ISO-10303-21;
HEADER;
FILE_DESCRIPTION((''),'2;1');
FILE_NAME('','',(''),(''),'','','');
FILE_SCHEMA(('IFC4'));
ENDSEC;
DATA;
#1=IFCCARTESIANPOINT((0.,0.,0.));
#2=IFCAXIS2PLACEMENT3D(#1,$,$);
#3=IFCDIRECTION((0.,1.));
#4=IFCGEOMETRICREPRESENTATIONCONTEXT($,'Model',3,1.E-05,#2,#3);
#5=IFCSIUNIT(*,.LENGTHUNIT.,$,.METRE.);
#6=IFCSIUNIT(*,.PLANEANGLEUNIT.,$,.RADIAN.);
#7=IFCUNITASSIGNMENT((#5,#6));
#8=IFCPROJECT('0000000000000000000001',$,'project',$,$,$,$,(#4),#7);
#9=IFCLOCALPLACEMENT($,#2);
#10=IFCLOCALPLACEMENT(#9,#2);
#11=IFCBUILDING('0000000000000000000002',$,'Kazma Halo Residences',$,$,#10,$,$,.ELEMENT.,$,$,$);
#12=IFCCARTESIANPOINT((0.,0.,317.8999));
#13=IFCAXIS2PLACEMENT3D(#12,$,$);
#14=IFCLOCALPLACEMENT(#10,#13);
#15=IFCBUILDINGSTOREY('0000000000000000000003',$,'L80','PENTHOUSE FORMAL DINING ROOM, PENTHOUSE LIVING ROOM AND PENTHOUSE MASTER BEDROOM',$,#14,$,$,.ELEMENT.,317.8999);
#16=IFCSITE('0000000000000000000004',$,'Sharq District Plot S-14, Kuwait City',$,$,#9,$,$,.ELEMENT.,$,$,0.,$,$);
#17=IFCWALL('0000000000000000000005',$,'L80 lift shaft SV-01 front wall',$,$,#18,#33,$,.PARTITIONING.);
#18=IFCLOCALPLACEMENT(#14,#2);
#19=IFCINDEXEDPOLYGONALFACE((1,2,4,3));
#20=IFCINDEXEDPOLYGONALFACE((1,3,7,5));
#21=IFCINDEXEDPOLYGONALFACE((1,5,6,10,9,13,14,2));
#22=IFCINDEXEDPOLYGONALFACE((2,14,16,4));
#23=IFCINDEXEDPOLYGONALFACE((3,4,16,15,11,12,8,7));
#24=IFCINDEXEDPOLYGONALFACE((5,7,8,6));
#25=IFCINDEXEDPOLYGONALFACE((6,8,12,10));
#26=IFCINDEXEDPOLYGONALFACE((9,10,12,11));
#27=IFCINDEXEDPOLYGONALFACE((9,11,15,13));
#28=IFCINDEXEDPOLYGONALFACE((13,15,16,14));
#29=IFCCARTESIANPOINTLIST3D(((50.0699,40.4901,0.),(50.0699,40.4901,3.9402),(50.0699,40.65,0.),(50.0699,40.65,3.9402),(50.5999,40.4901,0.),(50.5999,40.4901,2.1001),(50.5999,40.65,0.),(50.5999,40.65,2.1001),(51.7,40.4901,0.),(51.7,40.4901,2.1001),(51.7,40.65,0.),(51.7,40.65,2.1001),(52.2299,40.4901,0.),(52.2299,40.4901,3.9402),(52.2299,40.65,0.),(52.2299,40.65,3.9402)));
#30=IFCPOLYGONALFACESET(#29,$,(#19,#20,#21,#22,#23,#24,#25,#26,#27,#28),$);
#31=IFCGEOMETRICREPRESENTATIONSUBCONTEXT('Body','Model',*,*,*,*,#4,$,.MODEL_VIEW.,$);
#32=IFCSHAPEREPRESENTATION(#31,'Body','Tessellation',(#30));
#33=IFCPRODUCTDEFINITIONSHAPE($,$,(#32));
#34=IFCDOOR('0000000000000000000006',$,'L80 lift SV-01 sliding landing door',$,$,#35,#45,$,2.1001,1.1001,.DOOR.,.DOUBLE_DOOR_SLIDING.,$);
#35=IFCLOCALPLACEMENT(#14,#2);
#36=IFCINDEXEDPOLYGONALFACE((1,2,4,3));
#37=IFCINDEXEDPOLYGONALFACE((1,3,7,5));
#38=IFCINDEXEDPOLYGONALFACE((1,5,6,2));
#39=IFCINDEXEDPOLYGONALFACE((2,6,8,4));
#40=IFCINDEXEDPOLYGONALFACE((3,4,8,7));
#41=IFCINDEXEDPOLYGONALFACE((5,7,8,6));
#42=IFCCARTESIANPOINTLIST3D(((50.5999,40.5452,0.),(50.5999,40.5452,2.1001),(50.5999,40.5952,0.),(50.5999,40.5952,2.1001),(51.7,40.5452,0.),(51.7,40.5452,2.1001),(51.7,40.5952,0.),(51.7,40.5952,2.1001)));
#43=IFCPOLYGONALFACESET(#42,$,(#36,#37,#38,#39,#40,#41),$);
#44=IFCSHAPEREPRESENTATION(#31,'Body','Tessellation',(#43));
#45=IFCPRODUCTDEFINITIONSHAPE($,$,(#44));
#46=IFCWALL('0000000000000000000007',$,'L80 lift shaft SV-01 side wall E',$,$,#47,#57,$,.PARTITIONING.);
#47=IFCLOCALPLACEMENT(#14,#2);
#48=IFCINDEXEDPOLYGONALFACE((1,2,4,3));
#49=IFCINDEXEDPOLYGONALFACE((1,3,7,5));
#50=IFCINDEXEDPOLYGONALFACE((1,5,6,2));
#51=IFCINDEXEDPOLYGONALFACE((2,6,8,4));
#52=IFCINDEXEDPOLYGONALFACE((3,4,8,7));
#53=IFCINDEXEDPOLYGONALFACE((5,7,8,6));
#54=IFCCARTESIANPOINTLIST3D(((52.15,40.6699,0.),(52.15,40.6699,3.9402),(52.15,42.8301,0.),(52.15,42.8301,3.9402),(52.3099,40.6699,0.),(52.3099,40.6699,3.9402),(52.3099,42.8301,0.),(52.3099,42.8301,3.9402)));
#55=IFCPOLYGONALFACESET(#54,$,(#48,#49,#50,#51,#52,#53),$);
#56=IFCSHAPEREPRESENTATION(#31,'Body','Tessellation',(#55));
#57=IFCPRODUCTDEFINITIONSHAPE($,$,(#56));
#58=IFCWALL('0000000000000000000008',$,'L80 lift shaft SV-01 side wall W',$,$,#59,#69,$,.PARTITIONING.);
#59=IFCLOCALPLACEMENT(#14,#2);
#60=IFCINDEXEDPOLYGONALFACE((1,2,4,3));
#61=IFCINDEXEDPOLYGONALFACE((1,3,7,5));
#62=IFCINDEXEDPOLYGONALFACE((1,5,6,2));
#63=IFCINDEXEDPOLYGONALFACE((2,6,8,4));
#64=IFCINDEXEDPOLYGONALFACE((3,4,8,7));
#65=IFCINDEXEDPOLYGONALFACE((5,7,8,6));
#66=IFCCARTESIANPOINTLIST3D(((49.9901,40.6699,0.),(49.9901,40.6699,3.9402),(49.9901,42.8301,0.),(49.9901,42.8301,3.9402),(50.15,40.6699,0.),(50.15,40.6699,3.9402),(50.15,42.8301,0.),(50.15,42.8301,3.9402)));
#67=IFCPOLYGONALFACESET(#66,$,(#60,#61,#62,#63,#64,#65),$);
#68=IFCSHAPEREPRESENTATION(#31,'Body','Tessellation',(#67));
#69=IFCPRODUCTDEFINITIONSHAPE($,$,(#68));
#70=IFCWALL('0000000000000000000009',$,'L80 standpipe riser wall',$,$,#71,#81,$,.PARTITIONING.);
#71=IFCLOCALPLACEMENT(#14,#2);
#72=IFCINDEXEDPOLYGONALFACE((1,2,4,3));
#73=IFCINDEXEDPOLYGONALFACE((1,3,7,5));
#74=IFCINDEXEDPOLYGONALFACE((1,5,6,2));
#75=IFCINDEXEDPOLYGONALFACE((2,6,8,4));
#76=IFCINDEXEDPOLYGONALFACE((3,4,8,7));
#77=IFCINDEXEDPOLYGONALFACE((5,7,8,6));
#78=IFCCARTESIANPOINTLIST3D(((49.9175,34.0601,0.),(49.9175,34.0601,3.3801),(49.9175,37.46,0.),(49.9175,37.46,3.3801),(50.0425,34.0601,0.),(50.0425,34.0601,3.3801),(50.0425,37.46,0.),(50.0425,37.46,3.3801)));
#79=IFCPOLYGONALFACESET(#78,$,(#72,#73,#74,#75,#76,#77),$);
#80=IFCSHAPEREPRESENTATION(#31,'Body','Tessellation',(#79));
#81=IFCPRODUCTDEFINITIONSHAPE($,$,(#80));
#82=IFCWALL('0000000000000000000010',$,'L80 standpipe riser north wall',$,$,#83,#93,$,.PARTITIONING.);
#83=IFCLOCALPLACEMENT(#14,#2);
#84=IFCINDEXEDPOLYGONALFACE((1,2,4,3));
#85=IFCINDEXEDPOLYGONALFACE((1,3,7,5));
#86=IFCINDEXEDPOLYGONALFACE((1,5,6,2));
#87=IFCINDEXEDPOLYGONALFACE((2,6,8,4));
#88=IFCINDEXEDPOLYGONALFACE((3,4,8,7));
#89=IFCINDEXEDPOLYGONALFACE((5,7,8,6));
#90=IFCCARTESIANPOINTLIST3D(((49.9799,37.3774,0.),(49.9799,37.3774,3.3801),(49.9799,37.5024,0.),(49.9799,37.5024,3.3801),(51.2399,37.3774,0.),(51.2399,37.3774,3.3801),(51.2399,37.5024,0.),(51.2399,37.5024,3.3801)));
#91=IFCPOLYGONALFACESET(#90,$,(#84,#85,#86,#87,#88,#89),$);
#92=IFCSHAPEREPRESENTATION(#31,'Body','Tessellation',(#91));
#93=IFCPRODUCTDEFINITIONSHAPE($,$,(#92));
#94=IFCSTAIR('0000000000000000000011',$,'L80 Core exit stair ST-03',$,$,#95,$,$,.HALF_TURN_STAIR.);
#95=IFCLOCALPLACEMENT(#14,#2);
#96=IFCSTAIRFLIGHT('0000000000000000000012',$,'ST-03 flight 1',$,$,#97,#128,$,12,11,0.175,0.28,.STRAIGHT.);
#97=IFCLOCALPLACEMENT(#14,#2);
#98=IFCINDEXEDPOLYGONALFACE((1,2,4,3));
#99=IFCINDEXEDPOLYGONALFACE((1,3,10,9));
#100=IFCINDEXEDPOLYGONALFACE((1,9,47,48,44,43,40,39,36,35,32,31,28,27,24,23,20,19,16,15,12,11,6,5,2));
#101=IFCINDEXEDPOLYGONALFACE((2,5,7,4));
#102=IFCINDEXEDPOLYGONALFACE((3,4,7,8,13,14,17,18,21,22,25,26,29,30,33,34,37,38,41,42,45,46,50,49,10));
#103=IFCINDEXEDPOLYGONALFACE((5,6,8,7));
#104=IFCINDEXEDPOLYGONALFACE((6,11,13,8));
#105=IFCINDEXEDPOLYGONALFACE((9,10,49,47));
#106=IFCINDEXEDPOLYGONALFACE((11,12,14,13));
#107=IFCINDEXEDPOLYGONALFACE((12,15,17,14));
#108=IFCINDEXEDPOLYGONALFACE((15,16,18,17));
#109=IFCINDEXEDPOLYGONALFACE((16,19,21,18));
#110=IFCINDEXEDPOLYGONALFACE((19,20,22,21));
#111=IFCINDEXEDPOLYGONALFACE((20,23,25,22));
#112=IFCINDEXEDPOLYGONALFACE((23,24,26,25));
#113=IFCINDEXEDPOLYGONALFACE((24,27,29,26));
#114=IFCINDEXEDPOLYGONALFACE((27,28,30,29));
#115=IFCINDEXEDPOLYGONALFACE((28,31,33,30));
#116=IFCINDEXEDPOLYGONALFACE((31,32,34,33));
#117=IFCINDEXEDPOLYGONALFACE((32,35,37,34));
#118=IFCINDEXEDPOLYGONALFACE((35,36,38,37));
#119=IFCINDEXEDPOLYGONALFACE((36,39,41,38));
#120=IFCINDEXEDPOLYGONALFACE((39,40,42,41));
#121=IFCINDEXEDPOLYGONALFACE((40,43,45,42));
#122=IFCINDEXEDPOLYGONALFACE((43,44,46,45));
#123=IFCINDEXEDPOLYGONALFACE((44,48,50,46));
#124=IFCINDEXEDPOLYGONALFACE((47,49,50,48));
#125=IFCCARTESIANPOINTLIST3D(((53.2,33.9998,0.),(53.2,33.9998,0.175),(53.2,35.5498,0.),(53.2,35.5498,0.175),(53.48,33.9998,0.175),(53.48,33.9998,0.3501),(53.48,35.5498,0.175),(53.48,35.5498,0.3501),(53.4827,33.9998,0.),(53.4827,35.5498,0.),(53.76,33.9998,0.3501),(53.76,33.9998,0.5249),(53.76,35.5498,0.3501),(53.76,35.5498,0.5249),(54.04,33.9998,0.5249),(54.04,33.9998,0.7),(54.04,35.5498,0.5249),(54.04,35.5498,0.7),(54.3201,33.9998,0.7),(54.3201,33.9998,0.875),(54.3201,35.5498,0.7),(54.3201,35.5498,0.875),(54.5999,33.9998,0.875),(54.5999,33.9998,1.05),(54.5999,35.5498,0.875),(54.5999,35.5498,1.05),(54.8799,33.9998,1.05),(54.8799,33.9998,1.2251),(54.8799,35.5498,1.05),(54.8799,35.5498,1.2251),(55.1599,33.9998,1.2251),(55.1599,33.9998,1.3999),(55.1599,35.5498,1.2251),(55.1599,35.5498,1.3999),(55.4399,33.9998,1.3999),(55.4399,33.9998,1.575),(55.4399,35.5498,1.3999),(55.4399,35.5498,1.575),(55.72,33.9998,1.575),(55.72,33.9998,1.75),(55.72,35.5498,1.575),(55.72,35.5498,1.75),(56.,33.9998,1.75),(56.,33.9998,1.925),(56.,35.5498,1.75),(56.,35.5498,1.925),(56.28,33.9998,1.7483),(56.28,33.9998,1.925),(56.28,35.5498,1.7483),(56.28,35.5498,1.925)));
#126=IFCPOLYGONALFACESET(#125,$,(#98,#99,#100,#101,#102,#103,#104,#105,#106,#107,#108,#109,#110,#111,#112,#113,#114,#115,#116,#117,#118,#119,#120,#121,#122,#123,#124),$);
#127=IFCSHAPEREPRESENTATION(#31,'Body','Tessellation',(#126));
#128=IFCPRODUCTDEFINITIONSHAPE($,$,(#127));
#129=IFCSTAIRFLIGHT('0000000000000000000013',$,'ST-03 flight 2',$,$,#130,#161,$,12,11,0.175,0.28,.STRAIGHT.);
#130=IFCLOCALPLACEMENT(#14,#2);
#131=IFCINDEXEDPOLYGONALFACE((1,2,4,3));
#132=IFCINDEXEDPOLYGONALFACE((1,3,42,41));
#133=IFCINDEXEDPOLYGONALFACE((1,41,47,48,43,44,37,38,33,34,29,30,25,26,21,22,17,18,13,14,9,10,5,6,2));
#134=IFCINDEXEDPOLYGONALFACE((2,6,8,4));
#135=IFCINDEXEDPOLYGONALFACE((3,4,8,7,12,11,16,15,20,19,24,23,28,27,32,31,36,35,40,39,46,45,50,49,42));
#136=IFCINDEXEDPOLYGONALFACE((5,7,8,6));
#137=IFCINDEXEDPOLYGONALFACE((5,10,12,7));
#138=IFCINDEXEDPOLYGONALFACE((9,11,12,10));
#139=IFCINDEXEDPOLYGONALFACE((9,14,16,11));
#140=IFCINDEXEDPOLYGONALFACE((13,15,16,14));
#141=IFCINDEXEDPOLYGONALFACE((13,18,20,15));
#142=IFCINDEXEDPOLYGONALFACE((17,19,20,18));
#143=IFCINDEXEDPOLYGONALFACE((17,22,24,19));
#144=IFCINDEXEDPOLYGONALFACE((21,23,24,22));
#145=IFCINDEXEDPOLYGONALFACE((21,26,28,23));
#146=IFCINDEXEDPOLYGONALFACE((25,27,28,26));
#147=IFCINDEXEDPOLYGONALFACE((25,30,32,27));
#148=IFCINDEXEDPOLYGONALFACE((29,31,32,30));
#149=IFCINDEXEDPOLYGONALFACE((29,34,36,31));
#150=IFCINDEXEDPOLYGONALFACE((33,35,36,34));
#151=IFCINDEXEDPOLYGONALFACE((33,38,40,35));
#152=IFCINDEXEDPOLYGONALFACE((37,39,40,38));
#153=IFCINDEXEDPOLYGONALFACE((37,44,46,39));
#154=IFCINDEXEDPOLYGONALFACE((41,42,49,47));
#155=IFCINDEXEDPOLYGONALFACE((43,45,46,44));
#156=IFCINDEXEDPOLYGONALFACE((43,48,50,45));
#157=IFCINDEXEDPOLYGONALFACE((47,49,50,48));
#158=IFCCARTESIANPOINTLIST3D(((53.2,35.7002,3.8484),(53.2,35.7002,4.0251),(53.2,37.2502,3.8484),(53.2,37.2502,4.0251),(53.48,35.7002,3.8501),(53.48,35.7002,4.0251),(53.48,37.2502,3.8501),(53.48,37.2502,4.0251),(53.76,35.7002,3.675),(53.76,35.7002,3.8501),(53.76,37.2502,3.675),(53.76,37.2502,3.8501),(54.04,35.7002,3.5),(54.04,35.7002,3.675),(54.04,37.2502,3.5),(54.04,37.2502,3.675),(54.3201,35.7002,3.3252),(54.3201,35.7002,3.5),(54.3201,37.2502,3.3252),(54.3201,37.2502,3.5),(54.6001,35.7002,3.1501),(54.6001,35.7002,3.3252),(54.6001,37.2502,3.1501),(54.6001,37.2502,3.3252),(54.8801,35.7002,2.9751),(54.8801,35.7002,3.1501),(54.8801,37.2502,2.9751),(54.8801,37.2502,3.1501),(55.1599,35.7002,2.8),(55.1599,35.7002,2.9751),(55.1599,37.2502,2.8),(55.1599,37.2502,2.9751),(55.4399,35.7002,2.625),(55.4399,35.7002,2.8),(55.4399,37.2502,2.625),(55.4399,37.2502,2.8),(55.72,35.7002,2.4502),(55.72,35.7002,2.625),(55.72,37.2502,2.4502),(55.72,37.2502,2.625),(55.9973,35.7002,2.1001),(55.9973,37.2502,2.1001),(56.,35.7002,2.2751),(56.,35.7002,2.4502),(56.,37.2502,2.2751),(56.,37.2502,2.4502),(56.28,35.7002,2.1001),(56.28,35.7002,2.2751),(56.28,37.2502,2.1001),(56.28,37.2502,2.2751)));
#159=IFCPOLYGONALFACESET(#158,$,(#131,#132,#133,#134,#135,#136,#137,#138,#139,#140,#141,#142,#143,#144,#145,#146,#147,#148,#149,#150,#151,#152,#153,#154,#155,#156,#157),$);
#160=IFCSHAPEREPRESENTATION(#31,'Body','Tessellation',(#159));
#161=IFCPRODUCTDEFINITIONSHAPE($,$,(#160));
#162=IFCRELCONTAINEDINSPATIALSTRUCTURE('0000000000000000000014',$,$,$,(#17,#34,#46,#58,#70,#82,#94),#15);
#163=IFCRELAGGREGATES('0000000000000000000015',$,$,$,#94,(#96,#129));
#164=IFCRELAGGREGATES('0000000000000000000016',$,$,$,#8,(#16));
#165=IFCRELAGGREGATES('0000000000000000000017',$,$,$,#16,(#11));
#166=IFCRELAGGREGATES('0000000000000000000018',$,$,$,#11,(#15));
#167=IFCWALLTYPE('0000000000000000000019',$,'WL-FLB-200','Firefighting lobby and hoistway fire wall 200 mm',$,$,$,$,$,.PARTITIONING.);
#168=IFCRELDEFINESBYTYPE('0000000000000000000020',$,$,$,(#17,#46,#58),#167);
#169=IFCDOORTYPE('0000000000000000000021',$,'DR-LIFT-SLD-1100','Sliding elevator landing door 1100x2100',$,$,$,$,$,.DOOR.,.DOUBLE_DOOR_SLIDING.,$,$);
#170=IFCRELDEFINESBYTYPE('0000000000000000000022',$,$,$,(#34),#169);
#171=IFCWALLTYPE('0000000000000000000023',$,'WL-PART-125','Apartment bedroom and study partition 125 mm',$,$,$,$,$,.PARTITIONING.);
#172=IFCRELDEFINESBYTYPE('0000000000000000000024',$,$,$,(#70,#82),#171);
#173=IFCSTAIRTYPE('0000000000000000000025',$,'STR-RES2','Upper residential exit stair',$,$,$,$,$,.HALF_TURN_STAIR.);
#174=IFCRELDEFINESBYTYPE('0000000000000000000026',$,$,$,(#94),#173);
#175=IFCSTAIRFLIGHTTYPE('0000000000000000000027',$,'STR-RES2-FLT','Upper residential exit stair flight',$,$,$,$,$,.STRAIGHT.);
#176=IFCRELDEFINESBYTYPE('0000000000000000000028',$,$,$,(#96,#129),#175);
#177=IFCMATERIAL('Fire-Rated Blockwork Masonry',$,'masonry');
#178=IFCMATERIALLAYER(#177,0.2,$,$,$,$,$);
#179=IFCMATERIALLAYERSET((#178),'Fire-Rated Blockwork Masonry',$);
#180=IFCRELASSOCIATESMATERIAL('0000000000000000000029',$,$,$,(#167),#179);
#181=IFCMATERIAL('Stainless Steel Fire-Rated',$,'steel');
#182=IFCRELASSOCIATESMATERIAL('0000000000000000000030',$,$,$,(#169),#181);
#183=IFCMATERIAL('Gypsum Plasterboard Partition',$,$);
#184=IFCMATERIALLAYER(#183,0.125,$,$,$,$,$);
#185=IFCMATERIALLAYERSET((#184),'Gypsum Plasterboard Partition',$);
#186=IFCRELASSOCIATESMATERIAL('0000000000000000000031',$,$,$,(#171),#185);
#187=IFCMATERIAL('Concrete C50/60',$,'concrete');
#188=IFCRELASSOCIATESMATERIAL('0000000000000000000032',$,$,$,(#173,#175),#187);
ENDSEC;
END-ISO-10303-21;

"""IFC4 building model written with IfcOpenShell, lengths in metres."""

from ifc_helpers import new_model, si_unit, direction, frame, frame_2d, origin, place, context, subcontext, project, spatial, polyline, rectangle, outline, extrude, material, layer, layer_set, type_object, element, fill, aggregate, save


model = new_model("IFC4")

# Units and contexts
model_context = context("Model", 3, precision=1e-05, world=origin(), true_north=direction((0.0, 1.0)))
body_context = subcontext(model_context, "Body", "Model", "MODEL_VIEW")
ifc_project = project(units=[si_unit("LENGTHUNIT", "METRE"), si_unit("PLANEANGLEUNIT", "RADIAN")], contexts=[model_context])

# Site, building, storey
site_placement = place(None, origin())
site = spatial("IfcSite", under=ifc_project, at=site_placement, Name="Sharq District Plot S-14, Kuwait City", CompositionType="ELEMENT", RefElevation=0.0)
building_placement = place(site_placement, origin())
building = spatial("IfcBuilding", under=site, at=building_placement, Name="Kazma Halo Residences", CompositionType="ELEMENT")
storey_placement = place(building_placement, frame((0.0, 0.0, 317.8999)))
storey = spatial("IfcBuildingStorey", under=building, at=storey_placement, Name="L80", Description="PENTHOUSE FORMAL DINING ROOM, PENTHOUSE LIVING ROOM AND PENTHOUSE MASTER BEDROOM", CompositionType="ELEMENT", Elevation=317.8999)

# Shared definitions
ifc_material_1 = material(Name="Fire-Rated Blockwork Masonry", Category="masonry")
ifc_layer_1 = layer(ifc_material_1, 0.2)
ifc_layer_set_1 = layer_set([ifc_layer_1], Name="Fire-Rated Blockwork Masonry")
wall_type_1 = type_object("IfcWallType", Name="WL-FLB-200", Description="Firefighting lobby and hoistway fire wall 200 mm", PredefinedType="PARTITIONING", material=ifc_layer_set_1)
ifc_material_2 = material(Name="Stainless Steel Fire-Rated", Category="steel")
door_type_1 = type_object("IfcDoorType", Name="DR-LIFT-SLD-1100", Description="Sliding elevator landing door 1100x2100", OperationType="DOUBLE_DOOR_SLIDING", PredefinedType="DOOR", material=ifc_material_2)

# Wall, opening, door
wall_1_placement = place(storey_placement, frame((52.23, 40.5701, 0.0), z_axis=(0.0, 0.0, 1.0), x_axis=(-1.0, 0.0, 0.0)))
wall_1 = element("IfcWall", 1, at=wall_1_placement, inside=storey, type_object=wall_type_1, Name="L80 lift shaft SV-01 front wall", PredefinedType="PARTITIONING", context=body_context, shape_type="SweptSolid", body=[
    extrude(rectangle(XDim=2.1599, YDim=0.1599, at=frame_2d((1.0801, 0.0))), origin(), (0.0, 0.0, 1.0), 3.9402),
])
opening_1_placement = place(wall_1_placement, frame((0.53, 0.0, 0.0)))
opening_1 = element("IfcOpeningElement", 2, at=opening_1_placement, cuts=wall_1, PredefinedType="OPENING", context=body_context, shape_type="SweptSolid", body=[
    extrude(rectangle(XDim=1.1001, YDim=2.1001, at=frame_2d((0.55, 1.05))), frame((0.0, 0.0898, 0.0), z_axis=(0.0, -1.0, 0.0), x_axis=(1.0, 0.0, 0.0)), (0.0, 0.0, 1.0), 0.1799),
])
door_1_placement = place(opening_1_placement, origin())
door_1 = element("IfcDoor", 3, at=door_1_placement, inside=storey, type_object=door_type_1, Name="L80 lift SV-01 sliding landing door", OperationType="DOUBLE_DOOR_SLIDING", OverallHeight=2.1001, OverallWidth=1.1001, PredefinedType="DOOR", context=body_context, shape_type="SweptSolid", body=[
    extrude(rectangle(XDim=1.1001, YDim=2.1001, at=frame_2d((0.55, 1.05))), frame((0.0, 0.0249, 0.0), z_axis=(0.0, -1.0, 0.0), x_axis=(1.0, 0.0, 0.0)), (0.0, 0.0, 1.0), 0.05),
])
fill(opening_1, door_1)

# Walls
for number, where, z_axis, x_axis, name in (
    (4, (52.23, 40.6699, 0.0), (0.0, 0.0, 1.0), (0.0, 1.0, 0.0), "L80 lift shaft SV-01 side wall E"),
    (5, (50.0701, 40.6699, 0.0), (0.0, 0.0, 1.0), (0.0, 1.0, 0.0), "L80 lift shaft SV-01 side wall W"),
):
    element("IfcWall", number, at=place(storey_placement, frame(where, z_axis=z_axis, x_axis=x_axis)), inside=storey, type_object=wall_type_1, Name=name, PredefinedType="PARTITIONING", context=body_context, shape_type="SweptSolid", body=[
        extrude(rectangle(XDim=2.1602, YDim=0.1599, at=frame_2d((1.0801, 0.0))), origin(), (0.0, 0.0, 1.0), 3.9402),
    ])
ifc_material_3 = material(Name="Gypsum Plasterboard Partition")
ifc_layer_2 = layer(ifc_material_3, 0.125)
ifc_layer_set_2 = layer_set([ifc_layer_2], Name="Gypsum Plasterboard Partition")
wall_type_2 = type_object("IfcWallType", Name="WL-PART-125", Description="Apartment bedroom and study partition 125 mm", PredefinedType="PARTITIONING", material=ifc_layer_set_2)
wall_2_placement = place(storey_placement, frame((49.98, 34.0601, 0.0), z_axis=(0.0, 0.0, 1.0), x_axis=(0.0, 1.0, 0.0)))
element("IfcWall", 6, at=wall_2_placement, inside=storey, type_object=wall_type_2, Name="L80 standpipe riser wall", PredefinedType="PARTITIONING", context=body_context, shape_type="SweptSolid", body=[
    extrude(rectangle(XDim=3.3999, YDim=0.125, at=frame_2d((1.7, 0.0))), origin(), (0.0, 0.0, 1.0), 3.3801),
])
wall_3_placement = place(storey_placement, frame((49.98, 37.4399, 0.0), z_axis=(0.0, 0.0, 1.0), x_axis=(1.0, 0.0, 0.0)))
element("IfcWall", 7, at=wall_3_placement, inside=storey, type_object=wall_type_2, Name="L80 standpipe riser north wall", PredefinedType="PARTITIONING", context=body_context, shape_type="SweptSolid", body=[
    extrude(rectangle(XDim=1.26, YDim=0.125, at=frame_2d((0.6299, 0.0))), origin(), (0.0, 0.0, 1.0), 3.3801),
])

# Shared definitions
ifc_material_4 = material(Name="Concrete C50/60", Category="concrete")

# Stair, stair flights
stair_type = type_object("IfcStairType", Name="STR-RES2", Description="Upper residential exit stair", PredefinedType="HALF_TURN_STAIR", material=ifc_material_4)
stair_placement = place(storey_placement, origin())
stair = element("IfcStair", 8, at=stair_placement, inside=storey, type_object=stair_type, Name="L80 Core exit stair ST-03", PredefinedType="HALF_TURN_STAIR")
stair_flight_type = type_object("IfcStairFlightType", Name="STR-RES2-FLT", Description="Upper residential exit stair flight", PredefinedType="STRAIGHT", material=ifc_material_4)
stair_flight_1_placement = place(storey_placement, frame((53.2, 34.7749, 0.0), z_axis=(0.0, 0.0, 1.0), x_axis=(1.0, 0.0, 0.0)))
stair_flight_1 = element("IfcStairFlight", 9, at=stair_flight_1_placement, type_object=stair_flight_type, Name="ST-03 flight 1", NumberOfRisers=12, NumberOfTreads=11, PredefinedType="STRAIGHT", RiserHeight=0.175, TreadLength=0.28, context=body_context, shape_type="SweptSolid", body=[
    extrude(outline(polyline([(0.0, 0.0), (0.0, 0.175), (0.28, 0.175), (0.28, 0.3501), (0.5601, 0.3501), (0.5601, 0.5249), (0.8401, 0.5249), (0.8401, 0.7), (1.1201, 0.7), (1.1201, 0.875), (1.3999, 0.875), (1.3999, 1.05), (1.6799, 1.05), (1.6799, 1.2251), (1.96, 1.2251), (1.96, 1.3999), (2.24, 1.3999), (2.24, 1.575), (2.52, 1.575), (2.52, 1.75), (2.8, 1.75), (2.8, 1.925), (3.0801, 1.925), (3.0801, 2.1001), (3.0801, 1.7483), (0.2827, 0.0), (0.0, 0.0)])), frame((0.0, 0.7749, 0.0), z_axis=(0.0, -1.0, 0.0), x_axis=(1.0, 0.0, 0.0)), (0.0, 0.0, 1.0), 1.55),
])
stair_flight_2_placement = place(storey_placement, frame((56.28, 36.4751, 2.1001), z_axis=(0.0, 0.0, 1.0), x_axis=(-1.0, 0.0, 0.0)))
stair_flight_2 = element("IfcStairFlight", 10, at=stair_flight_2_placement, type_object=stair_flight_type, Name="ST-03 flight 2", NumberOfRisers=12, NumberOfTreads=11, PredefinedType="STRAIGHT", RiserHeight=0.175, TreadLength=0.28, context=body_context, shape_type="SweptSolid", body=[
    extrude(outline(polyline([(0.0, 0.0), (0.0, 0.175), (0.28, 0.175), (0.28, 0.3501), (0.5601, 0.3501), (0.5601, 0.5249), (0.8401, 0.5249), (0.8401, 0.7), (1.1201, 0.7), (1.1201, 0.875), (1.3999, 0.875), (1.3999, 1.05), (1.6799, 1.05), (1.6799, 1.2251), (1.96, 1.2251), (1.96, 1.3999), (2.24, 1.3999), (2.24, 1.575), (2.52, 1.575), (2.52, 1.75), (2.8, 1.75), (2.8, 1.925), (3.0801, 1.925), (3.0801, 2.1001), (3.0801, 1.7483), (0.2827, 0.0), (0.0, 0.0)])), frame((0.0, 0.7749, 0.0), z_axis=(0.0, -1.0, 0.0), x_axis=(1.0, 0.0, 0.0)), (0.0, 0.0, 1.0), 1.55),
])
aggregate(stair, [stair_flight_1, stair_flight_2])

save(model, "model.ifc")
